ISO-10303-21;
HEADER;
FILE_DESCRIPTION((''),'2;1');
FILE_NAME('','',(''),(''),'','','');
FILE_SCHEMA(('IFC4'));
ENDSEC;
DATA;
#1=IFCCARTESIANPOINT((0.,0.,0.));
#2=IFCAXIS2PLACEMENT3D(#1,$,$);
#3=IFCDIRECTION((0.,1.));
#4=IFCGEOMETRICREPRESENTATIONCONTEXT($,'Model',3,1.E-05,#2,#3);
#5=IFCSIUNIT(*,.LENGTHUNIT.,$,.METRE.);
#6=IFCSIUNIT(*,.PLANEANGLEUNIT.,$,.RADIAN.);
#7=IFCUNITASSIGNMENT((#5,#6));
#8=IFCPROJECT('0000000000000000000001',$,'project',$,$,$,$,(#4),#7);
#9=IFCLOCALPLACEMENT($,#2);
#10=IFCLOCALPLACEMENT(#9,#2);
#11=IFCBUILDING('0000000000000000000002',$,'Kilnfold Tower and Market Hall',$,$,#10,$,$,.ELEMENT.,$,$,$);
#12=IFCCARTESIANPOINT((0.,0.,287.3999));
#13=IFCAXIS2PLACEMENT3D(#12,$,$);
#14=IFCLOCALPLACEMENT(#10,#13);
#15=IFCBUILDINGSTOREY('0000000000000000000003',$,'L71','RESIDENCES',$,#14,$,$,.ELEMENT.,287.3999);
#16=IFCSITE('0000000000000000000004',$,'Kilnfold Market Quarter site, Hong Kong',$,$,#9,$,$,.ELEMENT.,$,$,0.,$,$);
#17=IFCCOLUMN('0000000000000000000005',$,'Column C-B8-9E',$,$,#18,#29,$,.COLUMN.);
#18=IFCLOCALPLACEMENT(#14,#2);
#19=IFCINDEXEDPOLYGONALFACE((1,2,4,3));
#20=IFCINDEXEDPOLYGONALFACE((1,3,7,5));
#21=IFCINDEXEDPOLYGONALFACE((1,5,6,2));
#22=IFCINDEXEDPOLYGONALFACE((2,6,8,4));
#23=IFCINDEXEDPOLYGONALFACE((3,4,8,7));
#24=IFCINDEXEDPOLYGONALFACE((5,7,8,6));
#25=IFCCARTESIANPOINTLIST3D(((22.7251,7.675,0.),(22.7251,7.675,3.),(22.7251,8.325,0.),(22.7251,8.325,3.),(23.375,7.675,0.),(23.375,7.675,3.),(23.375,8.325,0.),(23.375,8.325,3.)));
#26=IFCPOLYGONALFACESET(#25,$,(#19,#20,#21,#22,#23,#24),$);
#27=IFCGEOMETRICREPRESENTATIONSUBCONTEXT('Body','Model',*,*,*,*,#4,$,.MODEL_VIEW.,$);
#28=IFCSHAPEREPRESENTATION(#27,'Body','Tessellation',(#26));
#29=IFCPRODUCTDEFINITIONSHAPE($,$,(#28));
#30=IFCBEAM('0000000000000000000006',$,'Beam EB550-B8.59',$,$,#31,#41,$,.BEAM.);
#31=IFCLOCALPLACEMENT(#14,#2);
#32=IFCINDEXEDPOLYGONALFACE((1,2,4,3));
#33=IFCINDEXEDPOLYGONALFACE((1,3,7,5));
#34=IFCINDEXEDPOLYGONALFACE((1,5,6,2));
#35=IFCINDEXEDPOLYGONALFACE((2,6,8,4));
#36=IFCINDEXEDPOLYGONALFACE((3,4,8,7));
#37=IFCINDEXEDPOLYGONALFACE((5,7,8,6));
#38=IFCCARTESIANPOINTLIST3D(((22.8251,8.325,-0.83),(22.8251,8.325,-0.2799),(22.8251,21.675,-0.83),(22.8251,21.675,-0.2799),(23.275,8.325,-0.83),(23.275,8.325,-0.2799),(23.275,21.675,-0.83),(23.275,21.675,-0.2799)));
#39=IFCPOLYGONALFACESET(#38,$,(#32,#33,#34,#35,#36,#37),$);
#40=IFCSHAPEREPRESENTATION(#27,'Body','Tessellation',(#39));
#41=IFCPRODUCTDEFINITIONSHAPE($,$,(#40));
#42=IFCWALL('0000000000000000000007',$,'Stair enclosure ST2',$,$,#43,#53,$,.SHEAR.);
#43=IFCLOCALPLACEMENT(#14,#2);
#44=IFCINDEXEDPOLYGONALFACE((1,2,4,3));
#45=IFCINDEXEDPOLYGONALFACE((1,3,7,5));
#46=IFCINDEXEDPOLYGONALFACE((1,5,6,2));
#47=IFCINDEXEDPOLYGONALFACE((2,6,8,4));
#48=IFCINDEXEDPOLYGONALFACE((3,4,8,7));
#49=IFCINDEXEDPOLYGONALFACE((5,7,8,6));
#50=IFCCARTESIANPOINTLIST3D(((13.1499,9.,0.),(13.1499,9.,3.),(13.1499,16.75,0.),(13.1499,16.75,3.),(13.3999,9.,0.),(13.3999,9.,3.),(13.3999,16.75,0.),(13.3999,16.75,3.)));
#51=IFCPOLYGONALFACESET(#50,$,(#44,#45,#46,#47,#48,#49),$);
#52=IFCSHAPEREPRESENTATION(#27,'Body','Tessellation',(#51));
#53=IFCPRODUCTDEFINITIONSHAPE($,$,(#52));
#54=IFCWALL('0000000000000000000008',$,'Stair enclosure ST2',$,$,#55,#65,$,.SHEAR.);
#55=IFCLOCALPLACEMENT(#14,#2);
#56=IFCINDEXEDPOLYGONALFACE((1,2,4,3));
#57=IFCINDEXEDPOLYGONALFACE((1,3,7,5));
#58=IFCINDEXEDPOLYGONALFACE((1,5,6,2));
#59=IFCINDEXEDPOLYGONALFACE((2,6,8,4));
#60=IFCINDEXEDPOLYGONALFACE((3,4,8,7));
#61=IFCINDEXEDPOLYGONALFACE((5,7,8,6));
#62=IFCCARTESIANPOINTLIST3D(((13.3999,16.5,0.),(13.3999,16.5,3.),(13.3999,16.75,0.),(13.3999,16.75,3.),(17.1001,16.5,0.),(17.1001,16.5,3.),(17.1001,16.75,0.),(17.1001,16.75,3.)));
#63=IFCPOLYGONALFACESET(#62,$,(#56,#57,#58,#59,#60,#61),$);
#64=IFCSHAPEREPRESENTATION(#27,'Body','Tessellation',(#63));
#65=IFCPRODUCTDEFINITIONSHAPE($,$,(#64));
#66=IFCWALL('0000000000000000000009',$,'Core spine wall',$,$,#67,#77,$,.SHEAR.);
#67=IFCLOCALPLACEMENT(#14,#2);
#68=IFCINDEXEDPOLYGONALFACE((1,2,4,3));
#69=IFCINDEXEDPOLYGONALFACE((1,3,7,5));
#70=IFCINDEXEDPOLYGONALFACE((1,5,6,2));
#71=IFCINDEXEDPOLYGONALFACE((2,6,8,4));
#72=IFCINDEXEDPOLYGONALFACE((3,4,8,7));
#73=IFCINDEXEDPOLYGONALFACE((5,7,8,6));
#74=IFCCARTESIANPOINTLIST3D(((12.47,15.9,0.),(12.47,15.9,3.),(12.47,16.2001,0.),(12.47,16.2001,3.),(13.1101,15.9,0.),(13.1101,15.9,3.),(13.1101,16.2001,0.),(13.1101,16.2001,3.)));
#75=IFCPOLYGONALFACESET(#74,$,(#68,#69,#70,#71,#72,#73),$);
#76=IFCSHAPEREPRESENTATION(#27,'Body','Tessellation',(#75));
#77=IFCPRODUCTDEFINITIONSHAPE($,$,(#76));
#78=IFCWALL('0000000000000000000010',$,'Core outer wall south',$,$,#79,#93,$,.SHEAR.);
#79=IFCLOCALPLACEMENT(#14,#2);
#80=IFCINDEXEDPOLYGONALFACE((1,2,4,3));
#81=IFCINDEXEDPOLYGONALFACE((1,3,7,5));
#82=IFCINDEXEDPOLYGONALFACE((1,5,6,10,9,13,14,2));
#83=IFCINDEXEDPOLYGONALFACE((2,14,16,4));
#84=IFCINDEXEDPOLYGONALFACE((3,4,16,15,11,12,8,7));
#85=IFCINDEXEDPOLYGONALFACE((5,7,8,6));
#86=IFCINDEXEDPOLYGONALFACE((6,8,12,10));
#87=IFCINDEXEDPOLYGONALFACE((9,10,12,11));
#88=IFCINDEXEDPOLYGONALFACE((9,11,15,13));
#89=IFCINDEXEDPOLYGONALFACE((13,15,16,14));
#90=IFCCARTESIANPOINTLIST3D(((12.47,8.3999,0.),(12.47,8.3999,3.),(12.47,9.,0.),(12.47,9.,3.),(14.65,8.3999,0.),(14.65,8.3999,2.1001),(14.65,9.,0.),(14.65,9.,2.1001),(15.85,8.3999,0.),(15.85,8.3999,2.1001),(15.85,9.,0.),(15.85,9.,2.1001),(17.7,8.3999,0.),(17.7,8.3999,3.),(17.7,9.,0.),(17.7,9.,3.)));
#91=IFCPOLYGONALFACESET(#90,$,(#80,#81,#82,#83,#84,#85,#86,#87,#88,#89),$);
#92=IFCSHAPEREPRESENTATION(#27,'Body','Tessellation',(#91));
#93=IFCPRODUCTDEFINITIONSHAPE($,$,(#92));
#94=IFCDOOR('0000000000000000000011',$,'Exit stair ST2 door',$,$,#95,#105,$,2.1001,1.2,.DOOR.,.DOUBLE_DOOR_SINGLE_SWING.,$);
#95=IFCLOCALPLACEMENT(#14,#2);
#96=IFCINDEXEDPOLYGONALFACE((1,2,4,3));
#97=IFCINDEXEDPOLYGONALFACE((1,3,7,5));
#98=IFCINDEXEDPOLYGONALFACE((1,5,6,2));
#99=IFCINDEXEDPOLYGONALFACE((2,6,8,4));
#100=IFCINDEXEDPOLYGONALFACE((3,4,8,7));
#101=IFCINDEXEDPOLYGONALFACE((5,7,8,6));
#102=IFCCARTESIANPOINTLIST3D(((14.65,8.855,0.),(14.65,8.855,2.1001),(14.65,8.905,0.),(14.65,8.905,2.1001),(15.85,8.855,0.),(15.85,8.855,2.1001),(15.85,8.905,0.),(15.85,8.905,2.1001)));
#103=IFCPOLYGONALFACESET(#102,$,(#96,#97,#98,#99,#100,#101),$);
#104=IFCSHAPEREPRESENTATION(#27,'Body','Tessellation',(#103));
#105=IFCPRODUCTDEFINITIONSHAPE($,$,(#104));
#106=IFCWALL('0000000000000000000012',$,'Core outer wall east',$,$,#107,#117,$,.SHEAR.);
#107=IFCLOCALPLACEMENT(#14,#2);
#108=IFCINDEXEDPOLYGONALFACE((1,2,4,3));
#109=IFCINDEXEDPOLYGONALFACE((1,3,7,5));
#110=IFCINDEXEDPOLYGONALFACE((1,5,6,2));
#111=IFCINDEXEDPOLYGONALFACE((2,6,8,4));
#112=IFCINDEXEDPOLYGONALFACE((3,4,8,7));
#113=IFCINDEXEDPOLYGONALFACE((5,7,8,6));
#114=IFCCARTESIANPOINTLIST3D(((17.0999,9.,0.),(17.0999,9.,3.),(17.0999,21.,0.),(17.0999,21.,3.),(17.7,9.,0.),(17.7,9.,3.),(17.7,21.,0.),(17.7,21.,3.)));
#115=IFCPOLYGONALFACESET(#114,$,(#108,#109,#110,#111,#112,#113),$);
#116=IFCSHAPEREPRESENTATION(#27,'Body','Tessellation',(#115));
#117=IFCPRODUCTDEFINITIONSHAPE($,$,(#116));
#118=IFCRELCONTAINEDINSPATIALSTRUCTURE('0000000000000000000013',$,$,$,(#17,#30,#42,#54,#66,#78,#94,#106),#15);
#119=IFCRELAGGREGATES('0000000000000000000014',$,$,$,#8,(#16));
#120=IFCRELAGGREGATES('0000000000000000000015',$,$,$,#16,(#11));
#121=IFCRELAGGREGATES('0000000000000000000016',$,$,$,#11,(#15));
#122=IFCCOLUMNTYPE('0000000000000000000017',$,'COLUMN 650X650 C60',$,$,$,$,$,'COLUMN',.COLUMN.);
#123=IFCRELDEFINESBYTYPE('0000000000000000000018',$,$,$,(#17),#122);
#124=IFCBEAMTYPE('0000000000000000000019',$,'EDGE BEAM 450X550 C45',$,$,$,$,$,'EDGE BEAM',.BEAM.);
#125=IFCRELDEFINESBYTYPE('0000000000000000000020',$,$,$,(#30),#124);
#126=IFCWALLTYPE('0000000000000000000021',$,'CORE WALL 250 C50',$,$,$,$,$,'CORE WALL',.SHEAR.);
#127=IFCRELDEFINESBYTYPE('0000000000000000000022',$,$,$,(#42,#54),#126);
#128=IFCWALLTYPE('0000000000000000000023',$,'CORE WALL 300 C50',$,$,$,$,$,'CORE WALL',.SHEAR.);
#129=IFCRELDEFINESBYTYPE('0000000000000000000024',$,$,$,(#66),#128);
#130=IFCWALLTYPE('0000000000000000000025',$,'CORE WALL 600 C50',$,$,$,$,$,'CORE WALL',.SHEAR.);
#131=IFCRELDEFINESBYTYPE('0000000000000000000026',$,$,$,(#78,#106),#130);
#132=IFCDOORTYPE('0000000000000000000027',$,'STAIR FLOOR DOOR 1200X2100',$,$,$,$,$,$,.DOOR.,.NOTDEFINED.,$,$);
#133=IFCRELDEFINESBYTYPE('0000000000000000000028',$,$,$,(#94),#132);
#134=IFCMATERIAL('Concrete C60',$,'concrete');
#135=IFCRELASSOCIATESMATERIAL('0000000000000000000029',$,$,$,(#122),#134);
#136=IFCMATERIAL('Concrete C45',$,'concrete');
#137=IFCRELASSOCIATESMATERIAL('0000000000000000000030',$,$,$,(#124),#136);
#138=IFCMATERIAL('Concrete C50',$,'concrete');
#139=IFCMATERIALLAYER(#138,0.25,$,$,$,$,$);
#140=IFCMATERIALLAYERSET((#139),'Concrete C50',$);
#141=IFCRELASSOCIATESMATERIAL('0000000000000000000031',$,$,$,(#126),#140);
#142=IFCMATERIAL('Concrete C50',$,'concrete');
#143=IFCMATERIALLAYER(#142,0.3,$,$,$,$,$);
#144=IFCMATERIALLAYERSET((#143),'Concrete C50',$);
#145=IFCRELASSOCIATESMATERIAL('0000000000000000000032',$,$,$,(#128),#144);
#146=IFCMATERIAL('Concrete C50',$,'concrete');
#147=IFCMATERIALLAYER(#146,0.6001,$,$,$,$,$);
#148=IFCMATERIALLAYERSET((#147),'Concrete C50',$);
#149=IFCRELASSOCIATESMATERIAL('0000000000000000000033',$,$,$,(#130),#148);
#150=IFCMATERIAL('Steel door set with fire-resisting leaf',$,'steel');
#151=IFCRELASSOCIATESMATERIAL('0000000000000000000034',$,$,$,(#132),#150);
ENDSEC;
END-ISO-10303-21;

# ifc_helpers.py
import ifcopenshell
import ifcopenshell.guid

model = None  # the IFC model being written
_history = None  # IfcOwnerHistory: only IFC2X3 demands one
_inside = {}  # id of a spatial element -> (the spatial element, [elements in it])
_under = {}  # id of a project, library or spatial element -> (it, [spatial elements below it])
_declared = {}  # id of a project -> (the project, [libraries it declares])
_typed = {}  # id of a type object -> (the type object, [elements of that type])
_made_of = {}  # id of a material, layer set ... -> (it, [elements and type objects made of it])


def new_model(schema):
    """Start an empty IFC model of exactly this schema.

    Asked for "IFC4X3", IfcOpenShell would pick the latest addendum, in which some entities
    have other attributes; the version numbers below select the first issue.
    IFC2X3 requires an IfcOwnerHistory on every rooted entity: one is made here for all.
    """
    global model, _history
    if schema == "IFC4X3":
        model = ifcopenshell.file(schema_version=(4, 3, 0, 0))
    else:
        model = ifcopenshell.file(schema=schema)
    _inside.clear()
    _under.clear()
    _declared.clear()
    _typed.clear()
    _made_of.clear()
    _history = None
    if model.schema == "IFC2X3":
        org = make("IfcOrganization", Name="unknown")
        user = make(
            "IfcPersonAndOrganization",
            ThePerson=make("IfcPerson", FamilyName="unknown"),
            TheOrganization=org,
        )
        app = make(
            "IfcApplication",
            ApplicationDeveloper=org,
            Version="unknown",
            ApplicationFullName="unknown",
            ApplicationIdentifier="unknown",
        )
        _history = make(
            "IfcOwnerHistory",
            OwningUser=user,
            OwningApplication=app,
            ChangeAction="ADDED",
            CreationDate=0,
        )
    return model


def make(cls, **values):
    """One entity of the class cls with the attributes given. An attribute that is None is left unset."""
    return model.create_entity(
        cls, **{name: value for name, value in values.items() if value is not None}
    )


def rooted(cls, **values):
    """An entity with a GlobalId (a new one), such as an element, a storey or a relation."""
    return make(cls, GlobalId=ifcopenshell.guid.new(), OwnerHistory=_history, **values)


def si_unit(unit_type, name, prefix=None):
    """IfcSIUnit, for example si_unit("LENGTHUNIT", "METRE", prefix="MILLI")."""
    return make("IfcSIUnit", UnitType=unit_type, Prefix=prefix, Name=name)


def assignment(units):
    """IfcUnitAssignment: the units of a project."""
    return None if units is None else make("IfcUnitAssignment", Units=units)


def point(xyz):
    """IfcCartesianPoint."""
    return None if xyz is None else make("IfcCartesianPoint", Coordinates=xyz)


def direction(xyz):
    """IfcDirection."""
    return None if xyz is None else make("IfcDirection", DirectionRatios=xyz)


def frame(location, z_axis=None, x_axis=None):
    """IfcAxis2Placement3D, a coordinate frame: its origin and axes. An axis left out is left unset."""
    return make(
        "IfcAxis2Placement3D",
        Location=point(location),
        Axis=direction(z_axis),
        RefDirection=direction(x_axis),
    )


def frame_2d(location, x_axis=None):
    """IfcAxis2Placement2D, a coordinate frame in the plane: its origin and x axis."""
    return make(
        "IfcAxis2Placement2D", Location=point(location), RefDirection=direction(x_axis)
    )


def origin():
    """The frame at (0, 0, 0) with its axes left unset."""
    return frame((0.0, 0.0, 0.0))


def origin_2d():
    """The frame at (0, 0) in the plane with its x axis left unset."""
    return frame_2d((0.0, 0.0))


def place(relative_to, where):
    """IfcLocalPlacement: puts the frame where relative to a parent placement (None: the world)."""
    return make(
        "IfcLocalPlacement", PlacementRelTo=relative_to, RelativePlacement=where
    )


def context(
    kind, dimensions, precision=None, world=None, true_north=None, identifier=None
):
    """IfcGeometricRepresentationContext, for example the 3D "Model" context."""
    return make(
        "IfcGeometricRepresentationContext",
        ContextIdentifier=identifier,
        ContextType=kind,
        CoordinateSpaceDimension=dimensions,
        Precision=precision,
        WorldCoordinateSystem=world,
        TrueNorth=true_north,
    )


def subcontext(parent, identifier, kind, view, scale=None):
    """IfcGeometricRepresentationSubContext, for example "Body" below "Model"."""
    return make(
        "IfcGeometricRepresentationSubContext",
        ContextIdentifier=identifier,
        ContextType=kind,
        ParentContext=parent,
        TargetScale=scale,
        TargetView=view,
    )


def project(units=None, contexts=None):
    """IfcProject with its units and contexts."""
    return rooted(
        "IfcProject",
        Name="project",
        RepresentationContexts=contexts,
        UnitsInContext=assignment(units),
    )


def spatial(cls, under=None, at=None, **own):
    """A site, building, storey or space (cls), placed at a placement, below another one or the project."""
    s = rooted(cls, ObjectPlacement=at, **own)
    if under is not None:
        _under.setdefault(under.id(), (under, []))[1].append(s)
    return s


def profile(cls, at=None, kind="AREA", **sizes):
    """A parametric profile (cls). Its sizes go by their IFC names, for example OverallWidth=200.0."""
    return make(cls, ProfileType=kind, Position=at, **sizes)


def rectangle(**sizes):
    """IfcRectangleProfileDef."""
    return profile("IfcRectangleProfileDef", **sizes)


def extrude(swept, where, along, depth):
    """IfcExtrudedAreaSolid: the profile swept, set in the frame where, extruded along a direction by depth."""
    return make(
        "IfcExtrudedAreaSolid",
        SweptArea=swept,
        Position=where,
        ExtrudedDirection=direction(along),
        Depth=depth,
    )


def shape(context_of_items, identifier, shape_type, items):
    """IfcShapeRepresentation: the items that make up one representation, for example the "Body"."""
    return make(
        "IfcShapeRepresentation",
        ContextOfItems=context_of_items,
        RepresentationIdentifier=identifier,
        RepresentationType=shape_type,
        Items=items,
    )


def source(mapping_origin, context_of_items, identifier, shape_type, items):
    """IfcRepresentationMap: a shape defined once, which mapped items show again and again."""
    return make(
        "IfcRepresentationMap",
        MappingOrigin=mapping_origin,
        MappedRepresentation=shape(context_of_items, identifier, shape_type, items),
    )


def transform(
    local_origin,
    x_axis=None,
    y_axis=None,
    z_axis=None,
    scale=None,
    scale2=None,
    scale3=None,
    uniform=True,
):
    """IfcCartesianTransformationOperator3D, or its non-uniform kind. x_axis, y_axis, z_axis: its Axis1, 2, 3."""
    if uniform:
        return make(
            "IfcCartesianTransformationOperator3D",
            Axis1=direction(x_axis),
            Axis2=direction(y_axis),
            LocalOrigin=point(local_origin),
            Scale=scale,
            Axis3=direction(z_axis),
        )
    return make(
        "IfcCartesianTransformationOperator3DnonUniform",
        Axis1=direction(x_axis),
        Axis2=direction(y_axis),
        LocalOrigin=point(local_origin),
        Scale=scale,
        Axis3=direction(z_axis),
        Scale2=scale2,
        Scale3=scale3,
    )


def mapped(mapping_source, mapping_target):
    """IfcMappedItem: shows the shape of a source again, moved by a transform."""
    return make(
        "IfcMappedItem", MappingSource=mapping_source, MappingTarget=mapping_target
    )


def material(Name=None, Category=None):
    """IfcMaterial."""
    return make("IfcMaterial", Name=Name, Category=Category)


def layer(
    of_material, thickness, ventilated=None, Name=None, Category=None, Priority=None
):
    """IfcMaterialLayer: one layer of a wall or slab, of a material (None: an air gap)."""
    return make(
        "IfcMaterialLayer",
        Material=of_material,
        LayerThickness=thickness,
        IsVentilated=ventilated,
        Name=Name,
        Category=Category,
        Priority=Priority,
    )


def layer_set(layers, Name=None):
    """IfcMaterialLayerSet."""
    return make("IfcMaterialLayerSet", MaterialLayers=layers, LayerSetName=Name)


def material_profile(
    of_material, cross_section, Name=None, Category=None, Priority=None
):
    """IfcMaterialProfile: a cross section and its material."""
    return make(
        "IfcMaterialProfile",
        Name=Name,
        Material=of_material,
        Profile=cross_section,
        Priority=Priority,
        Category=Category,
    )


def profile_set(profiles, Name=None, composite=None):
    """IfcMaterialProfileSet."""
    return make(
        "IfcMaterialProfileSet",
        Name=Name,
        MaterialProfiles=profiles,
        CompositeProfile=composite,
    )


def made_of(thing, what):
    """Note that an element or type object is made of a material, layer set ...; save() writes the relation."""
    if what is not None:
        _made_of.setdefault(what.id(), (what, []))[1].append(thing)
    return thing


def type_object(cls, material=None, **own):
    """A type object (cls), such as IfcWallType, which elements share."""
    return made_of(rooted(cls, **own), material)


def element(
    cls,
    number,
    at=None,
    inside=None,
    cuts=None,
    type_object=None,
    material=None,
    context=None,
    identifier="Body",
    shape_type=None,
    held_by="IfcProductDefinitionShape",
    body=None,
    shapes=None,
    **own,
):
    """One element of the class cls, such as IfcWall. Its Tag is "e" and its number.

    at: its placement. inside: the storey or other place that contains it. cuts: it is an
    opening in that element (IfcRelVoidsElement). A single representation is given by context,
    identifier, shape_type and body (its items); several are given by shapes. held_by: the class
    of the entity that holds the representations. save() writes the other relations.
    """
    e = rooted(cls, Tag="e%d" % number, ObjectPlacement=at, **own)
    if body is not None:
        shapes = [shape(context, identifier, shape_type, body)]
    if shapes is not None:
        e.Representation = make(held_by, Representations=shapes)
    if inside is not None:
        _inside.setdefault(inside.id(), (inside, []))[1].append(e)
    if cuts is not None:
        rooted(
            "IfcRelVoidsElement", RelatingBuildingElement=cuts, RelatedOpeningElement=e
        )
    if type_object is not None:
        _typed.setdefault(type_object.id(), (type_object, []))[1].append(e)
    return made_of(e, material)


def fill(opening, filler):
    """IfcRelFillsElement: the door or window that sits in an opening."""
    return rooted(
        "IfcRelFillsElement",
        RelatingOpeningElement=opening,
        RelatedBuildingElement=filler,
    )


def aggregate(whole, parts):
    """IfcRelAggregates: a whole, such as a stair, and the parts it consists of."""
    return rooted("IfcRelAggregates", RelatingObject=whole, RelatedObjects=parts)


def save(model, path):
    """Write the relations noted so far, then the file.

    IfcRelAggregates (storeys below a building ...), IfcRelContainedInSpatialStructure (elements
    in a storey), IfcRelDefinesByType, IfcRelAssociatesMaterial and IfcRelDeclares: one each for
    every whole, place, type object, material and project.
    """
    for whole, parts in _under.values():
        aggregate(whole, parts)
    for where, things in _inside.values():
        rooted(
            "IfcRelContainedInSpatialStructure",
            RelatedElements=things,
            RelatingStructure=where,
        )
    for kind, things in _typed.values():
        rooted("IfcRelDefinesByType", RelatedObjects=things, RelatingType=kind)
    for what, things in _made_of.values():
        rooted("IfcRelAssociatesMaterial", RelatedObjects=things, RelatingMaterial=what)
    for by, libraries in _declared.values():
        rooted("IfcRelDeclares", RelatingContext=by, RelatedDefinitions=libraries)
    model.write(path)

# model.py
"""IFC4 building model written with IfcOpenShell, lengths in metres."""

from ifc_helpers import new_model, si_unit, direction, frame, frame_2d, origin, origin_2d, place, context, subcontext, project, spatial, rectangle, extrude, source, transform, mapped, material, layer, layer_set, material_profile, profile_set, type_object, element, fill, save


model = new_model("IFC4")

# Units and contexts
model_context = context("Model", 3, precision=1e-05, world=origin(), true_north=direction((0.0, 1.0)))
body_context = subcontext(model_context, "Body", "Model", "MODEL_VIEW")
ifc_project = project(units=[si_unit("LENGTHUNIT", "METRE"), si_unit("PLANEANGLEUNIT", "RADIAN")], contexts=[model_context])

# Site, building, storey
site_placement = place(None, origin())
site = spatial("IfcSite", under=ifc_project, at=site_placement, Name="Kilnfold Market Quarter site, Hong Kong", CompositionType="ELEMENT", RefElevation=0.0)
building_placement = place(site_placement, origin())
building = spatial("IfcBuilding", under=site, at=building_placement, Name="Kilnfold Tower and Market Hall", CompositionType="ELEMENT")
storey_placement = place(building_placement, frame((0.0, 0.0, 287.3999)))
storey = spatial("IfcBuildingStorey", under=building, at=storey_placement, Name="L71", Description="RESIDENCES", CompositionType="ELEMENT", Elevation=287.3999)

# Column
ifc_material_1 = material(Name="Concrete C60", Category="concrete")
ifc_material_profile_1 = material_profile(ifc_material_1, rectangle(XDim=0.6499, YDim=0.6499, at=origin_2d()), Name="RC 650x650")
ifc_profile_set_1 = profile_set([ifc_material_profile_1], Name="Concrete C60")
column_type = type_object("IfcColumnType", Name="COLUMN 650X650 C60", ElementType="COLUMN", PredefinedType="COLUMN", material=ifc_profile_set_1)
shared_shape_1 = source(origin(), body_context, "Body", "SweptSolid", [
    extrude(rectangle(XDim=0.6499, YDim=0.6499, at=origin_2d()), origin(), (0.0, 0.0, 1.0), 3.0),
])
column_placement = place(storey_placement, frame((23.05, 8.0, 0.0), z_axis=(0.0, 0.0, 1.0), x_axis=(1.0, 0.0, 0.0)))
element("IfcColumn", 1, at=column_placement, inside=storey, type_object=column_type, Name="Column C-B8-9E", PredefinedType="COLUMN", context=body_context, shape_type="MappedRepresentation", body=[
    mapped(shared_shape_1, transform((0.0, 0.0, 0.0))),
])

# Beam
ifc_material_2 = material(Name="Concrete C45", Category="concrete")
ifc_material_profile_2 = material_profile(ifc_material_2, rectangle(XDim=0.45, YDim=0.55, at=origin_2d()), Name="RC 450x550")
ifc_profile_set_2 = profile_set([ifc_material_profile_2], Name="Concrete C45")
beam_type = type_object("IfcBeamType", Name="EDGE BEAM 450X550 C45", ElementType="EDGE BEAM", PredefinedType="BEAM", material=ifc_profile_set_2)
shared_shape_2 = source(origin(), body_context, "Body", "SweptSolid", [
    extrude(rectangle(XDim=0.45, YDim=0.55, at=origin_2d()), origin(), (0.0, 0.0, 1.0), 13.3501),
])
beam_placement = place(storey_placement, frame((23.05, 8.325, -0.5549), z_axis=(0.0, 1.0, 0.0), x_axis=(-1.0, 0.0, 0.0)))
element("IfcBeam", 2, at=beam_placement, inside=storey, type_object=beam_type, Name="Beam EB550-B8.59", PredefinedType="BEAM", context=body_context, shape_type="MappedRepresentation", body=[
    mapped(shared_shape_2, transform((0.0, 0.0, 0.0))),
])

# Walls
ifc_material_3 = material(Name="Concrete C50", Category="concrete")
ifc_layer_1 = layer(ifc_material_3, 0.25)
ifc_layer_set_1 = layer_set([ifc_layer_1], Name="Concrete C50")
wall_type_1 = type_object("IfcWallType", Name="CORE WALL 250 C50", ElementType="CORE WALL", PredefinedType="SHEAR", material=ifc_layer_set_1)
shared_shape_3 = source(origin(), body_context, "Body", "SweptSolid", [
    extrude(rectangle(XDim=7.75, YDim=0.25, at=frame_2d((3.875, 0.0))), origin(), (0.0, 0.0, 1.0), 3.0),
])
wall_1_placement = place(storey_placement, frame((13.2749, 9.0, 0.0), z_axis=(0.0, 0.0, 1.0), x_axis=(0.0, 1.0, 0.0)))
element("IfcWall", 3, at=wall_1_placement, inside=storey, type_object=wall_type_1, Name="Stair enclosure ST2", PredefinedType="SHEAR", context=body_context, shape_type="MappedRepresentation", body=[
    mapped(shared_shape_3, transform((0.0, 0.0, 0.0))),
])
shared_shape_4 = source(origin(), body_context, "Body", "SweptSolid", [
    extrude(rectangle(XDim=3.7002, YDim=0.25, at=frame_2d((1.8501, 0.0))), origin(), (0.0, 0.0, 1.0), 3.0),
])
wall_2_placement = place(storey_placement, frame((13.3999, 16.625, 0.0), z_axis=(0.0, 0.0, 1.0), x_axis=(1.0, 0.0, 0.0)))
element("IfcWall", 4, at=wall_2_placement, inside=storey, type_object=wall_type_1, Name="Stair enclosure ST2", PredefinedType="SHEAR", context=body_context, shape_type="MappedRepresentation", body=[
    mapped(shared_shape_4, transform((0.0, 0.0, 0.0))),
])
ifc_material_4 = material(Name="Concrete C50", Category="concrete")
ifc_layer_2 = layer(ifc_material_4, 0.3)
ifc_layer_set_2 = layer_set([ifc_layer_2], Name="Concrete C50")
wall_type_2 = type_object("IfcWallType", Name="CORE WALL 300 C50", ElementType="CORE WALL", PredefinedType="SHEAR", material=ifc_layer_set_2)
shared_shape_5 = source(origin(), body_context, "Body", "SweptSolid", [
    extrude(rectangle(XDim=0.6401, YDim=0.3, at=frame_2d((0.3201, 0.0))), origin(), (0.0, 0.0, 1.0), 3.0),
])
wall_3_placement = place(storey_placement, frame((12.47, 16.05, 0.0), z_axis=(0.0, 0.0, 1.0), x_axis=(1.0, 0.0, 0.0)))
element("IfcWall", 5, at=wall_3_placement, inside=storey, type_object=wall_type_2, Name="Core spine wall", PredefinedType="SHEAR", context=body_context, shape_type="MappedRepresentation", body=[
    mapped(shared_shape_5, transform((0.0, 0.0, 0.0))),
])

# Wall, opening, door
ifc_material_5 = material(Name="Concrete C50", Category="concrete")
ifc_layer_3 = layer(ifc_material_5, 0.6001)
ifc_layer_set_3 = layer_set([ifc_layer_3], Name="Concrete C50")
wall_type_3 = type_object("IfcWallType", Name="CORE WALL 600 C50", ElementType="CORE WALL", PredefinedType="SHEAR", material=ifc_layer_set_3)
shared_shape_6 = source(origin(), body_context, "Body", "SweptSolid", [
    extrude(rectangle(XDim=5.23, YDim=0.6001, at=frame_2d((2.615, 0.0))), origin(), (0.0, 0.0, 1.0), 3.0),
])
wall_4_placement = place(storey_placement, frame((12.47, 8.7, 0.0), z_axis=(0.0, 0.0, 1.0), x_axis=(1.0, 0.0, 0.0)))
wall_4 = element("IfcWall", 6, at=wall_4_placement, inside=storey, type_object=wall_type_3, Name="Core outer wall south", PredefinedType="SHEAR", context=body_context, shape_type="MappedRepresentation", body=[
    mapped(shared_shape_6, transform((0.0, 0.0, 0.0))),
])
opening_1_placement = place(wall_4_placement, frame((2.1799, 0.0, 0.0)))
opening_1 = element("IfcOpeningElement", 7, at=opening_1_placement, cuts=wall_4, PredefinedType="OPENING", context=body_context, shape_type="SweptSolid", body=[
    extrude(rectangle(XDim=1.2, YDim=2.1001, at=frame_2d((0.6001, 1.05))), frame((0.0, 0.3101, 0.0), z_axis=(0.0, -1.0, 0.0), x_axis=(1.0, 0.0, 0.0)), (0.0, 0.0, 1.0), 0.6201),
])
ifc_material_6 = material(Name="Steel door set with fire-resisting leaf", Category="steel")
door_type_1 = type_object("IfcDoorType", Name="STAIR FLOOR DOOR 1200X2100", OperationType="NOTDEFINED", PredefinedType="DOOR", material=ifc_material_6)
door_1_placement = place(opening_1_placement, origin())
door_1 = element("IfcDoor", 8, at=door_1_placement, inside=storey, type_object=door_type_1, Name="Exit stair ST2 door", OperationType="DOUBLE_DOOR_SINGLE_SWING", OverallHeight=2.1001, OverallWidth=1.2, PredefinedType="DOOR", context=body_context, shape_type="SweptSolid", body=[
    extrude(rectangle(XDim=1.2, YDim=2.1001, at=frame_2d((0.6001, 1.05))), frame((0.0, 0.2051, 0.0), z_axis=(0.0, -1.0, 0.0), x_axis=(1.0, 0.0, 0.0)), (0.0, 0.0, 1.0), 0.05),
])
fill(opening_1, door_1)

# Wall
shared_shape_7 = source(origin(), body_context, "Body", "SweptSolid", [
    extrude(rectangle(XDim=12.0, YDim=0.6001, at=frame_2d((6.0, 0.0))), origin(), (0.0, 0.0, 1.0), 3.0),
])
wall_5_placement = place(storey_placement, frame((17.3999, 9.0, 0.0), z_axis=(0.0, 0.0, 1.0), x_axis=(0.0, 1.0, 0.0)))
element("IfcWall", 9, at=wall_5_placement, inside=storey, type_object=wall_type_3, Name="Core outer wall east", PredefinedType="SHEAR", context=body_context, shape_type="MappedRepresentation", body=[
    mapped(shared_shape_7, transform((0.0, 0.0, 0.0))),
])

save(model, "model.ifc")
